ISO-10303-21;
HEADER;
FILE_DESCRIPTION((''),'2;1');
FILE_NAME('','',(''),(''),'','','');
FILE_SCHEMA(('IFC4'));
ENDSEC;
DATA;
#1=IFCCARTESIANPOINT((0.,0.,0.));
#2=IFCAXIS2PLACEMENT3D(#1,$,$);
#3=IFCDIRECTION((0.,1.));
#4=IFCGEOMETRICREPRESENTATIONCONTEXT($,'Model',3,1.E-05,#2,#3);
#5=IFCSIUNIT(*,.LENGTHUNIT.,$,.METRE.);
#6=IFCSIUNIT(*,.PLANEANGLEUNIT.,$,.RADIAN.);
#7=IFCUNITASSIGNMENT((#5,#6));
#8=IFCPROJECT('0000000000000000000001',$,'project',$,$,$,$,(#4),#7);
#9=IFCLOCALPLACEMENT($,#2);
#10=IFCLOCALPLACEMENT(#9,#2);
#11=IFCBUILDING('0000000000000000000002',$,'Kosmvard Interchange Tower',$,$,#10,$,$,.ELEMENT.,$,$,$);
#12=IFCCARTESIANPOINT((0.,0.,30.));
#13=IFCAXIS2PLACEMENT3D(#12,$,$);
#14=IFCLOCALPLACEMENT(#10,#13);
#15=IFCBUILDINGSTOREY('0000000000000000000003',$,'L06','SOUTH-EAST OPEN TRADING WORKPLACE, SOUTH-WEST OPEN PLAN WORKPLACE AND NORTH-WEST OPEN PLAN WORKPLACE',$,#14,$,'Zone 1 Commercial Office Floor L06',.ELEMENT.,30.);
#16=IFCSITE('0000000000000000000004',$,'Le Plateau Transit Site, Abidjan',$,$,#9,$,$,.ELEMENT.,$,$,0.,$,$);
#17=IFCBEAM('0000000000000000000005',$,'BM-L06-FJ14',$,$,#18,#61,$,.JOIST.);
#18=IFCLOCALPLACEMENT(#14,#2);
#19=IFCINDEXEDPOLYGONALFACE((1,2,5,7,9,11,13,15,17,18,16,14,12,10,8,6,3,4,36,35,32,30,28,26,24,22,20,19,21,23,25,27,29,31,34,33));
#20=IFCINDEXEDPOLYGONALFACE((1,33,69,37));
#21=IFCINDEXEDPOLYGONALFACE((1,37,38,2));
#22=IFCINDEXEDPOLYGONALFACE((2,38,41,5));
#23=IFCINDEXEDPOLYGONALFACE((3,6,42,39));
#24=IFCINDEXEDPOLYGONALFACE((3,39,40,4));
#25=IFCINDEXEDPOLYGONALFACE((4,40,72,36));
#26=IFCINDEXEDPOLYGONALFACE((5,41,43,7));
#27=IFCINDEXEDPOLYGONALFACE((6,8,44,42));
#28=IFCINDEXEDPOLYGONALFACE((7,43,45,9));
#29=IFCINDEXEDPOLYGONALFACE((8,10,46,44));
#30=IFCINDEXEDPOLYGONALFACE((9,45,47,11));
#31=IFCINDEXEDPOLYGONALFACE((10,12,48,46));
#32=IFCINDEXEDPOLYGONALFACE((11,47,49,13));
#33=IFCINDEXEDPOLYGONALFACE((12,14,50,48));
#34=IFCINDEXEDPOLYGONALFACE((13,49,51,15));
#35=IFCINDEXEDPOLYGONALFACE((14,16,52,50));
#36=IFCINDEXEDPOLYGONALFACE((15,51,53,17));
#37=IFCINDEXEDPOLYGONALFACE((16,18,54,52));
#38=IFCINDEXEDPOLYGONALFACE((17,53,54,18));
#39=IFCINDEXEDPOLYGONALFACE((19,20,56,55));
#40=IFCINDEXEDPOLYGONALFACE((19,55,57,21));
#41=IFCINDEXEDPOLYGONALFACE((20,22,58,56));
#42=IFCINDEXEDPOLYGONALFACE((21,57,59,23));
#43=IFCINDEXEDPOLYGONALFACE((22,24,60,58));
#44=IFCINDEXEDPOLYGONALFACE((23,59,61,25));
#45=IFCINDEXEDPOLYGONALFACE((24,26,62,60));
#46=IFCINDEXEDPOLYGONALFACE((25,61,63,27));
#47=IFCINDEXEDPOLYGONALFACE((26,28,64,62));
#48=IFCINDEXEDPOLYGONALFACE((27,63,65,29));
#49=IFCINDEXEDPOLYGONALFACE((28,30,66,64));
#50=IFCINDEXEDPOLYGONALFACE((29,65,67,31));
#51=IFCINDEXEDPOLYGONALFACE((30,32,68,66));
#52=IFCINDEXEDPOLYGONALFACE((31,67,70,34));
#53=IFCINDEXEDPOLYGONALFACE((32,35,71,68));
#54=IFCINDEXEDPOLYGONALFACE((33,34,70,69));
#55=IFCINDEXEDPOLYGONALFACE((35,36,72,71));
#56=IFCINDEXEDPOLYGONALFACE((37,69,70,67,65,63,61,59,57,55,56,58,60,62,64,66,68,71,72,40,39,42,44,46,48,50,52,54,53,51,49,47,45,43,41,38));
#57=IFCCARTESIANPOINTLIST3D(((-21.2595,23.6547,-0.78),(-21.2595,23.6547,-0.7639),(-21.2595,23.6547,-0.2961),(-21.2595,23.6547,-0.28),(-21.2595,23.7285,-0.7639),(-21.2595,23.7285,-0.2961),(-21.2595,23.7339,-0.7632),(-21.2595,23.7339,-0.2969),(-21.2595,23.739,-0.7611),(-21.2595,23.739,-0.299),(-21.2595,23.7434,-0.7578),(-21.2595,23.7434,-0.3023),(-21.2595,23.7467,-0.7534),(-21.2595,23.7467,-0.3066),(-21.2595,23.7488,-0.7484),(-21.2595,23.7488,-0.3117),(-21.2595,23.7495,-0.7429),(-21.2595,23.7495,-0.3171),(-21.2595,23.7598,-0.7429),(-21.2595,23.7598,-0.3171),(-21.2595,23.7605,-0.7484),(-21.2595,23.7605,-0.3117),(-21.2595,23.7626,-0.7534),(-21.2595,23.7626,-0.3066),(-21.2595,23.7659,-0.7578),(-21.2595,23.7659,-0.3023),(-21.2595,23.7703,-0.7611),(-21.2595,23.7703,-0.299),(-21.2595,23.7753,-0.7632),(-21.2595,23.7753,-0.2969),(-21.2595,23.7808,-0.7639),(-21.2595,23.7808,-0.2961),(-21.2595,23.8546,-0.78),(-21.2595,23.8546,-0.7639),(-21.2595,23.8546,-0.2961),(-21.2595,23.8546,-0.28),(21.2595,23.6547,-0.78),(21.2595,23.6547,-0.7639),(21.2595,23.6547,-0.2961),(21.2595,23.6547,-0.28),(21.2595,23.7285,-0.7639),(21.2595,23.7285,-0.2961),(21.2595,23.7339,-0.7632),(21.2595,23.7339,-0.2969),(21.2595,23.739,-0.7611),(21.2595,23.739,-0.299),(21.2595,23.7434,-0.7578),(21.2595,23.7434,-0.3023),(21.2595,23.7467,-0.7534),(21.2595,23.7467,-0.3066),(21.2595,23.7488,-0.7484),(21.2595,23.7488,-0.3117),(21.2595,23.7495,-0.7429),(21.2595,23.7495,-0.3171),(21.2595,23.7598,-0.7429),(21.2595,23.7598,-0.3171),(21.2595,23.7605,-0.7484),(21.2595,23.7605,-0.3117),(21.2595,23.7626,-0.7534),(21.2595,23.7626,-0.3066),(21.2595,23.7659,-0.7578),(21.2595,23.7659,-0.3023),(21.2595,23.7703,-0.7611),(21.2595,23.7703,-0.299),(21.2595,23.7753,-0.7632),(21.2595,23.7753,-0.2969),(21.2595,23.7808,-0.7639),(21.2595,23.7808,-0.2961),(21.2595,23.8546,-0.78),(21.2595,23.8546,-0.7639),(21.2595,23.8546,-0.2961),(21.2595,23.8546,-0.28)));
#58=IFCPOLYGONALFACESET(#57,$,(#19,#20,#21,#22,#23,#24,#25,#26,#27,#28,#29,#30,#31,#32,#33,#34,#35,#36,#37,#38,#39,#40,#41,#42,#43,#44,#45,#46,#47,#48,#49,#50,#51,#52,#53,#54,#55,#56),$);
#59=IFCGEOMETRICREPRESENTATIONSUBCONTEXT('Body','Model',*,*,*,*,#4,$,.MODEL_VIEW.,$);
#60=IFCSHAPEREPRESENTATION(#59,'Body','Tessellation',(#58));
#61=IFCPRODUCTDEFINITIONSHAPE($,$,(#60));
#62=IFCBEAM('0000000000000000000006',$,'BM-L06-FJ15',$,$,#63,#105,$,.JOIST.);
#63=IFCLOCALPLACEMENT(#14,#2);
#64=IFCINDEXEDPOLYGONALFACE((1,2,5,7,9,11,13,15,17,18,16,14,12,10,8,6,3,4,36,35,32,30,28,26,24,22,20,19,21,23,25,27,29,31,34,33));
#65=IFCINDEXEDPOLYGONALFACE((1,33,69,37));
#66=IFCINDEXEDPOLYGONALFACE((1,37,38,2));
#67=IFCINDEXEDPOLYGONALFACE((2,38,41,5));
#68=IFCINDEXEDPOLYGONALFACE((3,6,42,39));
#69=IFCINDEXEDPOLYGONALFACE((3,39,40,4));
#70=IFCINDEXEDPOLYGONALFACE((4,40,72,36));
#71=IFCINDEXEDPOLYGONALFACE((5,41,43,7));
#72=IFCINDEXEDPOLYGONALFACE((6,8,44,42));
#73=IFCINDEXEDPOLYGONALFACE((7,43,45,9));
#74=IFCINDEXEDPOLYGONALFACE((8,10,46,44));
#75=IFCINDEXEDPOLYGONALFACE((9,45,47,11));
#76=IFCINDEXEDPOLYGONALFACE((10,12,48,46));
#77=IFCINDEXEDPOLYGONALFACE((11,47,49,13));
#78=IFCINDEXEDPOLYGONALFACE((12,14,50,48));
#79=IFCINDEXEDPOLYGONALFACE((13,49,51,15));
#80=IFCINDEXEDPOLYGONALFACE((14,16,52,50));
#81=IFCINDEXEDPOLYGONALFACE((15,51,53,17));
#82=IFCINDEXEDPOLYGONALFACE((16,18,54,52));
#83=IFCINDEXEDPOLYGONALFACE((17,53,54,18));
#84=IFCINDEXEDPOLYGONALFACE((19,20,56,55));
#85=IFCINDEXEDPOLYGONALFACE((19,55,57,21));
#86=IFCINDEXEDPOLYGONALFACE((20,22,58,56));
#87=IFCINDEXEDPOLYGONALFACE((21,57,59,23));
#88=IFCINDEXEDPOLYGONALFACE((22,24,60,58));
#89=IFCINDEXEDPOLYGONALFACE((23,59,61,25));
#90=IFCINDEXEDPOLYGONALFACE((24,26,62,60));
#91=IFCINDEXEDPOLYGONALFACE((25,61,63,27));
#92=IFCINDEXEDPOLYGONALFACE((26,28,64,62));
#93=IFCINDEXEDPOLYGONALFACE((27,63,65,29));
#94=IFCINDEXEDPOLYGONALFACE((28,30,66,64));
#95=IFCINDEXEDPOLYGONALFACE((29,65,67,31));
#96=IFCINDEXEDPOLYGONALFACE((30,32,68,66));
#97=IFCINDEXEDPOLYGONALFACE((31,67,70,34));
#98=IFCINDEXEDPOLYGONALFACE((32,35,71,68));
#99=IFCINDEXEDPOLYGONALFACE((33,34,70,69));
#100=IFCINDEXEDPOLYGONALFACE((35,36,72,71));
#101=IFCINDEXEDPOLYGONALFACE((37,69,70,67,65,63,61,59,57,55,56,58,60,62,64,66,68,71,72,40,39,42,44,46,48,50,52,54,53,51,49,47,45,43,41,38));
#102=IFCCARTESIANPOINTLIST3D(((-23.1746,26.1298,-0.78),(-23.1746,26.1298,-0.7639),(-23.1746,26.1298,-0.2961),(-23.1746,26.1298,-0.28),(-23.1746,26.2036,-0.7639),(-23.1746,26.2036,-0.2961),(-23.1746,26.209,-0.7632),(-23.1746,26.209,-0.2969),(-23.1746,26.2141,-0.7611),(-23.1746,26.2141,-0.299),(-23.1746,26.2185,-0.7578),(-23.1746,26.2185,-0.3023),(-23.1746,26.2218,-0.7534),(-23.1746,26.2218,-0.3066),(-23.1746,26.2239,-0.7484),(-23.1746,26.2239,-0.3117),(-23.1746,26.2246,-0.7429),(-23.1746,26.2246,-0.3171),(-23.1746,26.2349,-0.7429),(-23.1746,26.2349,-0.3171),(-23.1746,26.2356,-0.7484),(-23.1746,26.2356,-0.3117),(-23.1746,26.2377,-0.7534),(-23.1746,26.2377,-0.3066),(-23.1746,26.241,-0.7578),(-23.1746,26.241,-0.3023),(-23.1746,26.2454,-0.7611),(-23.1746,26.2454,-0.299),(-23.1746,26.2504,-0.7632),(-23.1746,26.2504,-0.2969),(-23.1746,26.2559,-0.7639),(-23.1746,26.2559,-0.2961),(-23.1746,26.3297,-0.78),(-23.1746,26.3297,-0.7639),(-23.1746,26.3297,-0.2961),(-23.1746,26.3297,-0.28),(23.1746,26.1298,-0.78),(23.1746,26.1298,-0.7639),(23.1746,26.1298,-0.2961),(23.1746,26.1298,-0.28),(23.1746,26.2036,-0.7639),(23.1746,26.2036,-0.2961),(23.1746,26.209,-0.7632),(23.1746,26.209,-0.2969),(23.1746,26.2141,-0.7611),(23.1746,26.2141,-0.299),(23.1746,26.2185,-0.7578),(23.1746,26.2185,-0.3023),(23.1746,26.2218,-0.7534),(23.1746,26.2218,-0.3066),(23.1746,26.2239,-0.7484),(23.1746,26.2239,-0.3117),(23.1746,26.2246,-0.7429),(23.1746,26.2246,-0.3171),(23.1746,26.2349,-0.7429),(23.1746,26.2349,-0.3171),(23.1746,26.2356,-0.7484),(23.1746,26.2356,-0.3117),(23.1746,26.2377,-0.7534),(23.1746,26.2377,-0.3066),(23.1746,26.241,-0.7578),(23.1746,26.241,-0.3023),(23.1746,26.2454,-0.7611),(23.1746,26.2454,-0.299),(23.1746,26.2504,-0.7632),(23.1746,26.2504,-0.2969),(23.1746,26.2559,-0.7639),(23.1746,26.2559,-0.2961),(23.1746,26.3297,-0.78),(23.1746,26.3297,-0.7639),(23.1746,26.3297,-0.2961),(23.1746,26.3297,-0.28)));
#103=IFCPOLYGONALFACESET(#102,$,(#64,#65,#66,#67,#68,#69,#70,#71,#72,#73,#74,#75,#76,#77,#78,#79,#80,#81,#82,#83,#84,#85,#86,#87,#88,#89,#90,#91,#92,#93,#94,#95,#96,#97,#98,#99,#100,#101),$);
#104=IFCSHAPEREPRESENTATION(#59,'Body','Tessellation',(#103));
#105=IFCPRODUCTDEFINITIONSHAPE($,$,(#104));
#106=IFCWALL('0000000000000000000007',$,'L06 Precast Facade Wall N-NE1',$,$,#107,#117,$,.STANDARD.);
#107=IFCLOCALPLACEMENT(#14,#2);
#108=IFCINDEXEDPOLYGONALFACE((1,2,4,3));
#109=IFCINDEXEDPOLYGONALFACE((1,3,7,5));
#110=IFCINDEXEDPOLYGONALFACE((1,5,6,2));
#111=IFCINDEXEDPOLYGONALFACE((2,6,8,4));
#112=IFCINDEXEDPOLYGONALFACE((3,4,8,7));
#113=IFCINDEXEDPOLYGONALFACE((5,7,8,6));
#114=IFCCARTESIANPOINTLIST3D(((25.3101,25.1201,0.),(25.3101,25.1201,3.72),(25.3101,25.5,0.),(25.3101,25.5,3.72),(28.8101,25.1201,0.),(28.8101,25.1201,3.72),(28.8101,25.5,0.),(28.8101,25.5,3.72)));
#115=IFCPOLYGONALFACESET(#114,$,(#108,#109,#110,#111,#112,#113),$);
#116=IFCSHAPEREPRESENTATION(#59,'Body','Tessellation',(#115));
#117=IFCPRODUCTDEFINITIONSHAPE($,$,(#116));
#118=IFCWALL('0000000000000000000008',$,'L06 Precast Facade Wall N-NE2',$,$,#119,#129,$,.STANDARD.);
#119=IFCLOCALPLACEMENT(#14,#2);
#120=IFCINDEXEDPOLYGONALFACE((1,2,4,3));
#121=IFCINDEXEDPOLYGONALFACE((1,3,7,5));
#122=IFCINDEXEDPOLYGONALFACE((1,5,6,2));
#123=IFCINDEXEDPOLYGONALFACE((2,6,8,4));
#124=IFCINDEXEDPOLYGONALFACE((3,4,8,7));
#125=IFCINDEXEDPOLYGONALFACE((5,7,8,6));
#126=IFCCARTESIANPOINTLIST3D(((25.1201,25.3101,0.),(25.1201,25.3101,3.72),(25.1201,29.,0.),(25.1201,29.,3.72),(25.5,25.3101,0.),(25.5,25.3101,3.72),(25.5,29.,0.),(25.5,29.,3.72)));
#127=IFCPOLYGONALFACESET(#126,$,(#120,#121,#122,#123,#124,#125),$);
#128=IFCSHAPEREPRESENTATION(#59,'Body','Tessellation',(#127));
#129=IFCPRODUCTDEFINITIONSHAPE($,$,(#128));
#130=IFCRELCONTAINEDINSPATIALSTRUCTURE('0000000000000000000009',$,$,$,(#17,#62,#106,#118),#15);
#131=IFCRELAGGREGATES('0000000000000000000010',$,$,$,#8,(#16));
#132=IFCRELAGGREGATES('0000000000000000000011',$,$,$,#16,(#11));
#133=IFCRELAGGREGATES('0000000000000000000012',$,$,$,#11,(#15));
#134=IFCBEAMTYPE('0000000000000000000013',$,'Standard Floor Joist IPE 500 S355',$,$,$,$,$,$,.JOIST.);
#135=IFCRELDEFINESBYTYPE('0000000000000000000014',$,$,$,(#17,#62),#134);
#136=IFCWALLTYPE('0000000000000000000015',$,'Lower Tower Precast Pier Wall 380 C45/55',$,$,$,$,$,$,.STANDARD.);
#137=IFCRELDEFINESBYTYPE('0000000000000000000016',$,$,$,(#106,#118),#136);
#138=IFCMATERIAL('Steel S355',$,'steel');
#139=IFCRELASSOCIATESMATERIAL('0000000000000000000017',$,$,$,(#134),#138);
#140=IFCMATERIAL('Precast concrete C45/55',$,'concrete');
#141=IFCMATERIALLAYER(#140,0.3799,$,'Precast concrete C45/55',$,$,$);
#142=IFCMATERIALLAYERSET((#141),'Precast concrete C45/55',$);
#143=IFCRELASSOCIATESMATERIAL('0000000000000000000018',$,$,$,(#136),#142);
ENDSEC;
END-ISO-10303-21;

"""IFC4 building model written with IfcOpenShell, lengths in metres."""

from ifc_helpers import new_model, si_unit, direction, frame, frame_2d, origin, origin_2d, place, context, subcontext, project, spatial, rectangle, i_section, extrude, source, transform, mapped, material, layer, layer_set, material_profile, profile_set, type_object, element, save


model = new_model("IFC4")

# Units and contexts
model_context = context("Model", 3, precision=1e-05, world=origin(), true_north=direction((0.0, 1.0)))
body_context = subcontext(model_context, "Body", "Model", "MODEL_VIEW")
ifc_project = project(units=[si_unit("LENGTHUNIT", "METRE"), si_unit("PLANEANGLEUNIT", "RADIAN")], contexts=[model_context])

# Site, building, storey
site_placement = place(None, origin())
site = spatial("IfcSite", under=ifc_project, at=site_placement, Name="Le Plateau Transit Site, Abidjan", CompositionType="ELEMENT", RefElevation=0.0)
building_placement = place(site_placement, origin())
building = spatial("IfcBuilding", under=site, at=building_placement, Name="Kosmvard Interchange Tower", CompositionType="ELEMENT")
storey_placement = place(building_placement, frame((0.0, 0.0, 30.0)))
storey = spatial("IfcBuildingStorey", under=building, at=storey_placement, Name="L06", Description="SOUTH-EAST OPEN TRADING WORKPLACE, SOUTH-WEST OPEN PLAN WORKPLACE AND NORTH-WEST OPEN PLAN WORKPLACE", LongName="Zone 1 Commercial Office Floor L06", CompositionType="ELEMENT", Elevation=30.0)

# Beams
ifc_material_1 = material(Name="Steel S355", Category="steel")
ifc_material_2 = material(Name="Precast concrete C45/55", Category="concrete")
ifc_material_profile_1 = material_profile(ifc_material_1, i_section(OverallWidth=0.2, OverallDepth=0.5, WebThickness=0.0103, FlangeThickness=0.0161, FilletRadius=0.021, at=origin_2d()), Name="IPE 500")
ifc_profile_set_1 = profile_set([ifc_material_profile_1], Name="Steel S355")
beam_type_1 = type_object("IfcBeamType", Name="Standard Floor Joist IPE 500 S355", PredefinedType="JOIST", material=ifc_profile_set_1)
shared_shape_1 = source(origin(), body_context, "Body", "SweptSolid", [
    extrude(i_section(OverallWidth=0.2, OverallDepth=0.5, WebThickness=0.0103, FlangeThickness=0.0161, FilletRadius=0.021, at=origin_2d()), origin(), (0.0, 0.0, 1.0), 42.519),
])
beam_1_placement = place(storey_placement, frame((21.2595, 23.7546, -0.53), z_axis=(-1.0, 0.0, 0.0), x_axis=(0.0, -1.0, 0.0)))
element("IfcBeam", 1, at=beam_1_placement, inside=storey, type_object=beam_type_1, Name="BM-L06-FJ14", PredefinedType="JOIST", context=body_context, shape_type="MappedRepresentation", body=[
    mapped(shared_shape_1, transform((0.0, 0.0, 0.0), scale=1.0)),
])
shared_shape_2 = source(origin(), body_context, "Body", "SweptSolid", [
    extrude(i_section(OverallWidth=0.2, OverallDepth=0.5, WebThickness=0.0103, FlangeThickness=0.0161, FilletRadius=0.021, at=origin_2d()), origin(), (0.0, 0.0, 1.0), 46.3491),
])
beam_2_placement = place(storey_placement, frame((23.1746, 26.2297, -0.53), z_axis=(-1.0, 0.0, 0.0), x_axis=(0.0, -1.0, 0.0)))
element("IfcBeam", 2, at=beam_2_placement, inside=storey, type_object=beam_type_1, Name="BM-L06-FJ15", PredefinedType="JOIST", context=body_context, shape_type="MappedRepresentation", body=[
    mapped(shared_shape_2, transform((0.0, 0.0, 0.0), scale=1.0)),
])

# Walls
ifc_layer_1 = layer(ifc_material_2, 0.3799, Name="Precast concrete C45/55")
ifc_layer_set_1 = layer_set([ifc_layer_1], Name="Precast concrete C45/55")
wall_type = type_object("IfcWallType", Name="Lower Tower Precast Pier Wall 380 C45/55", PredefinedType="STANDARD", material=ifc_layer_set_1)
wall_1_placement = place(storey_placement, frame((28.8101, 25.3101, 0.0), z_axis=(0.0, 0.0, 1.0), x_axis=(-1.0, 0.0, 0.0)))
element("IfcWall", 3, at=wall_1_placement, inside=storey, type_object=wall_type, Name="L06 Precast Facade Wall N-NE1", PredefinedType="STANDARD", context=body_context, shape_type="SweptSolid", body=[
    extrude(rectangle(XDim=3.5, YDim=0.3799, at=frame_2d((1.75, 0.0))), origin(), (0.0, 0.0, 1.0), 3.72),
])
wall_2_placement = place(storey_placement, frame((25.3101, 25.3101, 0.0), z_axis=(0.0, 0.0, 1.0), x_axis=(0.0, 1.0, 0.0)))
element("IfcWall", 4, at=wall_2_placement, inside=storey, type_object=wall_type, Name="L06 Precast Facade Wall N-NE2", PredefinedType="STANDARD", context=body_context, shape_type="SweptSolid", body=[
    extrude(rectangle(XDim=3.6899, YDim=0.3799, at=frame_2d((1.845, 0.0))), origin(), (0.0, 0.0, 1.0), 3.72),
])

save(model, "model.ifc")
